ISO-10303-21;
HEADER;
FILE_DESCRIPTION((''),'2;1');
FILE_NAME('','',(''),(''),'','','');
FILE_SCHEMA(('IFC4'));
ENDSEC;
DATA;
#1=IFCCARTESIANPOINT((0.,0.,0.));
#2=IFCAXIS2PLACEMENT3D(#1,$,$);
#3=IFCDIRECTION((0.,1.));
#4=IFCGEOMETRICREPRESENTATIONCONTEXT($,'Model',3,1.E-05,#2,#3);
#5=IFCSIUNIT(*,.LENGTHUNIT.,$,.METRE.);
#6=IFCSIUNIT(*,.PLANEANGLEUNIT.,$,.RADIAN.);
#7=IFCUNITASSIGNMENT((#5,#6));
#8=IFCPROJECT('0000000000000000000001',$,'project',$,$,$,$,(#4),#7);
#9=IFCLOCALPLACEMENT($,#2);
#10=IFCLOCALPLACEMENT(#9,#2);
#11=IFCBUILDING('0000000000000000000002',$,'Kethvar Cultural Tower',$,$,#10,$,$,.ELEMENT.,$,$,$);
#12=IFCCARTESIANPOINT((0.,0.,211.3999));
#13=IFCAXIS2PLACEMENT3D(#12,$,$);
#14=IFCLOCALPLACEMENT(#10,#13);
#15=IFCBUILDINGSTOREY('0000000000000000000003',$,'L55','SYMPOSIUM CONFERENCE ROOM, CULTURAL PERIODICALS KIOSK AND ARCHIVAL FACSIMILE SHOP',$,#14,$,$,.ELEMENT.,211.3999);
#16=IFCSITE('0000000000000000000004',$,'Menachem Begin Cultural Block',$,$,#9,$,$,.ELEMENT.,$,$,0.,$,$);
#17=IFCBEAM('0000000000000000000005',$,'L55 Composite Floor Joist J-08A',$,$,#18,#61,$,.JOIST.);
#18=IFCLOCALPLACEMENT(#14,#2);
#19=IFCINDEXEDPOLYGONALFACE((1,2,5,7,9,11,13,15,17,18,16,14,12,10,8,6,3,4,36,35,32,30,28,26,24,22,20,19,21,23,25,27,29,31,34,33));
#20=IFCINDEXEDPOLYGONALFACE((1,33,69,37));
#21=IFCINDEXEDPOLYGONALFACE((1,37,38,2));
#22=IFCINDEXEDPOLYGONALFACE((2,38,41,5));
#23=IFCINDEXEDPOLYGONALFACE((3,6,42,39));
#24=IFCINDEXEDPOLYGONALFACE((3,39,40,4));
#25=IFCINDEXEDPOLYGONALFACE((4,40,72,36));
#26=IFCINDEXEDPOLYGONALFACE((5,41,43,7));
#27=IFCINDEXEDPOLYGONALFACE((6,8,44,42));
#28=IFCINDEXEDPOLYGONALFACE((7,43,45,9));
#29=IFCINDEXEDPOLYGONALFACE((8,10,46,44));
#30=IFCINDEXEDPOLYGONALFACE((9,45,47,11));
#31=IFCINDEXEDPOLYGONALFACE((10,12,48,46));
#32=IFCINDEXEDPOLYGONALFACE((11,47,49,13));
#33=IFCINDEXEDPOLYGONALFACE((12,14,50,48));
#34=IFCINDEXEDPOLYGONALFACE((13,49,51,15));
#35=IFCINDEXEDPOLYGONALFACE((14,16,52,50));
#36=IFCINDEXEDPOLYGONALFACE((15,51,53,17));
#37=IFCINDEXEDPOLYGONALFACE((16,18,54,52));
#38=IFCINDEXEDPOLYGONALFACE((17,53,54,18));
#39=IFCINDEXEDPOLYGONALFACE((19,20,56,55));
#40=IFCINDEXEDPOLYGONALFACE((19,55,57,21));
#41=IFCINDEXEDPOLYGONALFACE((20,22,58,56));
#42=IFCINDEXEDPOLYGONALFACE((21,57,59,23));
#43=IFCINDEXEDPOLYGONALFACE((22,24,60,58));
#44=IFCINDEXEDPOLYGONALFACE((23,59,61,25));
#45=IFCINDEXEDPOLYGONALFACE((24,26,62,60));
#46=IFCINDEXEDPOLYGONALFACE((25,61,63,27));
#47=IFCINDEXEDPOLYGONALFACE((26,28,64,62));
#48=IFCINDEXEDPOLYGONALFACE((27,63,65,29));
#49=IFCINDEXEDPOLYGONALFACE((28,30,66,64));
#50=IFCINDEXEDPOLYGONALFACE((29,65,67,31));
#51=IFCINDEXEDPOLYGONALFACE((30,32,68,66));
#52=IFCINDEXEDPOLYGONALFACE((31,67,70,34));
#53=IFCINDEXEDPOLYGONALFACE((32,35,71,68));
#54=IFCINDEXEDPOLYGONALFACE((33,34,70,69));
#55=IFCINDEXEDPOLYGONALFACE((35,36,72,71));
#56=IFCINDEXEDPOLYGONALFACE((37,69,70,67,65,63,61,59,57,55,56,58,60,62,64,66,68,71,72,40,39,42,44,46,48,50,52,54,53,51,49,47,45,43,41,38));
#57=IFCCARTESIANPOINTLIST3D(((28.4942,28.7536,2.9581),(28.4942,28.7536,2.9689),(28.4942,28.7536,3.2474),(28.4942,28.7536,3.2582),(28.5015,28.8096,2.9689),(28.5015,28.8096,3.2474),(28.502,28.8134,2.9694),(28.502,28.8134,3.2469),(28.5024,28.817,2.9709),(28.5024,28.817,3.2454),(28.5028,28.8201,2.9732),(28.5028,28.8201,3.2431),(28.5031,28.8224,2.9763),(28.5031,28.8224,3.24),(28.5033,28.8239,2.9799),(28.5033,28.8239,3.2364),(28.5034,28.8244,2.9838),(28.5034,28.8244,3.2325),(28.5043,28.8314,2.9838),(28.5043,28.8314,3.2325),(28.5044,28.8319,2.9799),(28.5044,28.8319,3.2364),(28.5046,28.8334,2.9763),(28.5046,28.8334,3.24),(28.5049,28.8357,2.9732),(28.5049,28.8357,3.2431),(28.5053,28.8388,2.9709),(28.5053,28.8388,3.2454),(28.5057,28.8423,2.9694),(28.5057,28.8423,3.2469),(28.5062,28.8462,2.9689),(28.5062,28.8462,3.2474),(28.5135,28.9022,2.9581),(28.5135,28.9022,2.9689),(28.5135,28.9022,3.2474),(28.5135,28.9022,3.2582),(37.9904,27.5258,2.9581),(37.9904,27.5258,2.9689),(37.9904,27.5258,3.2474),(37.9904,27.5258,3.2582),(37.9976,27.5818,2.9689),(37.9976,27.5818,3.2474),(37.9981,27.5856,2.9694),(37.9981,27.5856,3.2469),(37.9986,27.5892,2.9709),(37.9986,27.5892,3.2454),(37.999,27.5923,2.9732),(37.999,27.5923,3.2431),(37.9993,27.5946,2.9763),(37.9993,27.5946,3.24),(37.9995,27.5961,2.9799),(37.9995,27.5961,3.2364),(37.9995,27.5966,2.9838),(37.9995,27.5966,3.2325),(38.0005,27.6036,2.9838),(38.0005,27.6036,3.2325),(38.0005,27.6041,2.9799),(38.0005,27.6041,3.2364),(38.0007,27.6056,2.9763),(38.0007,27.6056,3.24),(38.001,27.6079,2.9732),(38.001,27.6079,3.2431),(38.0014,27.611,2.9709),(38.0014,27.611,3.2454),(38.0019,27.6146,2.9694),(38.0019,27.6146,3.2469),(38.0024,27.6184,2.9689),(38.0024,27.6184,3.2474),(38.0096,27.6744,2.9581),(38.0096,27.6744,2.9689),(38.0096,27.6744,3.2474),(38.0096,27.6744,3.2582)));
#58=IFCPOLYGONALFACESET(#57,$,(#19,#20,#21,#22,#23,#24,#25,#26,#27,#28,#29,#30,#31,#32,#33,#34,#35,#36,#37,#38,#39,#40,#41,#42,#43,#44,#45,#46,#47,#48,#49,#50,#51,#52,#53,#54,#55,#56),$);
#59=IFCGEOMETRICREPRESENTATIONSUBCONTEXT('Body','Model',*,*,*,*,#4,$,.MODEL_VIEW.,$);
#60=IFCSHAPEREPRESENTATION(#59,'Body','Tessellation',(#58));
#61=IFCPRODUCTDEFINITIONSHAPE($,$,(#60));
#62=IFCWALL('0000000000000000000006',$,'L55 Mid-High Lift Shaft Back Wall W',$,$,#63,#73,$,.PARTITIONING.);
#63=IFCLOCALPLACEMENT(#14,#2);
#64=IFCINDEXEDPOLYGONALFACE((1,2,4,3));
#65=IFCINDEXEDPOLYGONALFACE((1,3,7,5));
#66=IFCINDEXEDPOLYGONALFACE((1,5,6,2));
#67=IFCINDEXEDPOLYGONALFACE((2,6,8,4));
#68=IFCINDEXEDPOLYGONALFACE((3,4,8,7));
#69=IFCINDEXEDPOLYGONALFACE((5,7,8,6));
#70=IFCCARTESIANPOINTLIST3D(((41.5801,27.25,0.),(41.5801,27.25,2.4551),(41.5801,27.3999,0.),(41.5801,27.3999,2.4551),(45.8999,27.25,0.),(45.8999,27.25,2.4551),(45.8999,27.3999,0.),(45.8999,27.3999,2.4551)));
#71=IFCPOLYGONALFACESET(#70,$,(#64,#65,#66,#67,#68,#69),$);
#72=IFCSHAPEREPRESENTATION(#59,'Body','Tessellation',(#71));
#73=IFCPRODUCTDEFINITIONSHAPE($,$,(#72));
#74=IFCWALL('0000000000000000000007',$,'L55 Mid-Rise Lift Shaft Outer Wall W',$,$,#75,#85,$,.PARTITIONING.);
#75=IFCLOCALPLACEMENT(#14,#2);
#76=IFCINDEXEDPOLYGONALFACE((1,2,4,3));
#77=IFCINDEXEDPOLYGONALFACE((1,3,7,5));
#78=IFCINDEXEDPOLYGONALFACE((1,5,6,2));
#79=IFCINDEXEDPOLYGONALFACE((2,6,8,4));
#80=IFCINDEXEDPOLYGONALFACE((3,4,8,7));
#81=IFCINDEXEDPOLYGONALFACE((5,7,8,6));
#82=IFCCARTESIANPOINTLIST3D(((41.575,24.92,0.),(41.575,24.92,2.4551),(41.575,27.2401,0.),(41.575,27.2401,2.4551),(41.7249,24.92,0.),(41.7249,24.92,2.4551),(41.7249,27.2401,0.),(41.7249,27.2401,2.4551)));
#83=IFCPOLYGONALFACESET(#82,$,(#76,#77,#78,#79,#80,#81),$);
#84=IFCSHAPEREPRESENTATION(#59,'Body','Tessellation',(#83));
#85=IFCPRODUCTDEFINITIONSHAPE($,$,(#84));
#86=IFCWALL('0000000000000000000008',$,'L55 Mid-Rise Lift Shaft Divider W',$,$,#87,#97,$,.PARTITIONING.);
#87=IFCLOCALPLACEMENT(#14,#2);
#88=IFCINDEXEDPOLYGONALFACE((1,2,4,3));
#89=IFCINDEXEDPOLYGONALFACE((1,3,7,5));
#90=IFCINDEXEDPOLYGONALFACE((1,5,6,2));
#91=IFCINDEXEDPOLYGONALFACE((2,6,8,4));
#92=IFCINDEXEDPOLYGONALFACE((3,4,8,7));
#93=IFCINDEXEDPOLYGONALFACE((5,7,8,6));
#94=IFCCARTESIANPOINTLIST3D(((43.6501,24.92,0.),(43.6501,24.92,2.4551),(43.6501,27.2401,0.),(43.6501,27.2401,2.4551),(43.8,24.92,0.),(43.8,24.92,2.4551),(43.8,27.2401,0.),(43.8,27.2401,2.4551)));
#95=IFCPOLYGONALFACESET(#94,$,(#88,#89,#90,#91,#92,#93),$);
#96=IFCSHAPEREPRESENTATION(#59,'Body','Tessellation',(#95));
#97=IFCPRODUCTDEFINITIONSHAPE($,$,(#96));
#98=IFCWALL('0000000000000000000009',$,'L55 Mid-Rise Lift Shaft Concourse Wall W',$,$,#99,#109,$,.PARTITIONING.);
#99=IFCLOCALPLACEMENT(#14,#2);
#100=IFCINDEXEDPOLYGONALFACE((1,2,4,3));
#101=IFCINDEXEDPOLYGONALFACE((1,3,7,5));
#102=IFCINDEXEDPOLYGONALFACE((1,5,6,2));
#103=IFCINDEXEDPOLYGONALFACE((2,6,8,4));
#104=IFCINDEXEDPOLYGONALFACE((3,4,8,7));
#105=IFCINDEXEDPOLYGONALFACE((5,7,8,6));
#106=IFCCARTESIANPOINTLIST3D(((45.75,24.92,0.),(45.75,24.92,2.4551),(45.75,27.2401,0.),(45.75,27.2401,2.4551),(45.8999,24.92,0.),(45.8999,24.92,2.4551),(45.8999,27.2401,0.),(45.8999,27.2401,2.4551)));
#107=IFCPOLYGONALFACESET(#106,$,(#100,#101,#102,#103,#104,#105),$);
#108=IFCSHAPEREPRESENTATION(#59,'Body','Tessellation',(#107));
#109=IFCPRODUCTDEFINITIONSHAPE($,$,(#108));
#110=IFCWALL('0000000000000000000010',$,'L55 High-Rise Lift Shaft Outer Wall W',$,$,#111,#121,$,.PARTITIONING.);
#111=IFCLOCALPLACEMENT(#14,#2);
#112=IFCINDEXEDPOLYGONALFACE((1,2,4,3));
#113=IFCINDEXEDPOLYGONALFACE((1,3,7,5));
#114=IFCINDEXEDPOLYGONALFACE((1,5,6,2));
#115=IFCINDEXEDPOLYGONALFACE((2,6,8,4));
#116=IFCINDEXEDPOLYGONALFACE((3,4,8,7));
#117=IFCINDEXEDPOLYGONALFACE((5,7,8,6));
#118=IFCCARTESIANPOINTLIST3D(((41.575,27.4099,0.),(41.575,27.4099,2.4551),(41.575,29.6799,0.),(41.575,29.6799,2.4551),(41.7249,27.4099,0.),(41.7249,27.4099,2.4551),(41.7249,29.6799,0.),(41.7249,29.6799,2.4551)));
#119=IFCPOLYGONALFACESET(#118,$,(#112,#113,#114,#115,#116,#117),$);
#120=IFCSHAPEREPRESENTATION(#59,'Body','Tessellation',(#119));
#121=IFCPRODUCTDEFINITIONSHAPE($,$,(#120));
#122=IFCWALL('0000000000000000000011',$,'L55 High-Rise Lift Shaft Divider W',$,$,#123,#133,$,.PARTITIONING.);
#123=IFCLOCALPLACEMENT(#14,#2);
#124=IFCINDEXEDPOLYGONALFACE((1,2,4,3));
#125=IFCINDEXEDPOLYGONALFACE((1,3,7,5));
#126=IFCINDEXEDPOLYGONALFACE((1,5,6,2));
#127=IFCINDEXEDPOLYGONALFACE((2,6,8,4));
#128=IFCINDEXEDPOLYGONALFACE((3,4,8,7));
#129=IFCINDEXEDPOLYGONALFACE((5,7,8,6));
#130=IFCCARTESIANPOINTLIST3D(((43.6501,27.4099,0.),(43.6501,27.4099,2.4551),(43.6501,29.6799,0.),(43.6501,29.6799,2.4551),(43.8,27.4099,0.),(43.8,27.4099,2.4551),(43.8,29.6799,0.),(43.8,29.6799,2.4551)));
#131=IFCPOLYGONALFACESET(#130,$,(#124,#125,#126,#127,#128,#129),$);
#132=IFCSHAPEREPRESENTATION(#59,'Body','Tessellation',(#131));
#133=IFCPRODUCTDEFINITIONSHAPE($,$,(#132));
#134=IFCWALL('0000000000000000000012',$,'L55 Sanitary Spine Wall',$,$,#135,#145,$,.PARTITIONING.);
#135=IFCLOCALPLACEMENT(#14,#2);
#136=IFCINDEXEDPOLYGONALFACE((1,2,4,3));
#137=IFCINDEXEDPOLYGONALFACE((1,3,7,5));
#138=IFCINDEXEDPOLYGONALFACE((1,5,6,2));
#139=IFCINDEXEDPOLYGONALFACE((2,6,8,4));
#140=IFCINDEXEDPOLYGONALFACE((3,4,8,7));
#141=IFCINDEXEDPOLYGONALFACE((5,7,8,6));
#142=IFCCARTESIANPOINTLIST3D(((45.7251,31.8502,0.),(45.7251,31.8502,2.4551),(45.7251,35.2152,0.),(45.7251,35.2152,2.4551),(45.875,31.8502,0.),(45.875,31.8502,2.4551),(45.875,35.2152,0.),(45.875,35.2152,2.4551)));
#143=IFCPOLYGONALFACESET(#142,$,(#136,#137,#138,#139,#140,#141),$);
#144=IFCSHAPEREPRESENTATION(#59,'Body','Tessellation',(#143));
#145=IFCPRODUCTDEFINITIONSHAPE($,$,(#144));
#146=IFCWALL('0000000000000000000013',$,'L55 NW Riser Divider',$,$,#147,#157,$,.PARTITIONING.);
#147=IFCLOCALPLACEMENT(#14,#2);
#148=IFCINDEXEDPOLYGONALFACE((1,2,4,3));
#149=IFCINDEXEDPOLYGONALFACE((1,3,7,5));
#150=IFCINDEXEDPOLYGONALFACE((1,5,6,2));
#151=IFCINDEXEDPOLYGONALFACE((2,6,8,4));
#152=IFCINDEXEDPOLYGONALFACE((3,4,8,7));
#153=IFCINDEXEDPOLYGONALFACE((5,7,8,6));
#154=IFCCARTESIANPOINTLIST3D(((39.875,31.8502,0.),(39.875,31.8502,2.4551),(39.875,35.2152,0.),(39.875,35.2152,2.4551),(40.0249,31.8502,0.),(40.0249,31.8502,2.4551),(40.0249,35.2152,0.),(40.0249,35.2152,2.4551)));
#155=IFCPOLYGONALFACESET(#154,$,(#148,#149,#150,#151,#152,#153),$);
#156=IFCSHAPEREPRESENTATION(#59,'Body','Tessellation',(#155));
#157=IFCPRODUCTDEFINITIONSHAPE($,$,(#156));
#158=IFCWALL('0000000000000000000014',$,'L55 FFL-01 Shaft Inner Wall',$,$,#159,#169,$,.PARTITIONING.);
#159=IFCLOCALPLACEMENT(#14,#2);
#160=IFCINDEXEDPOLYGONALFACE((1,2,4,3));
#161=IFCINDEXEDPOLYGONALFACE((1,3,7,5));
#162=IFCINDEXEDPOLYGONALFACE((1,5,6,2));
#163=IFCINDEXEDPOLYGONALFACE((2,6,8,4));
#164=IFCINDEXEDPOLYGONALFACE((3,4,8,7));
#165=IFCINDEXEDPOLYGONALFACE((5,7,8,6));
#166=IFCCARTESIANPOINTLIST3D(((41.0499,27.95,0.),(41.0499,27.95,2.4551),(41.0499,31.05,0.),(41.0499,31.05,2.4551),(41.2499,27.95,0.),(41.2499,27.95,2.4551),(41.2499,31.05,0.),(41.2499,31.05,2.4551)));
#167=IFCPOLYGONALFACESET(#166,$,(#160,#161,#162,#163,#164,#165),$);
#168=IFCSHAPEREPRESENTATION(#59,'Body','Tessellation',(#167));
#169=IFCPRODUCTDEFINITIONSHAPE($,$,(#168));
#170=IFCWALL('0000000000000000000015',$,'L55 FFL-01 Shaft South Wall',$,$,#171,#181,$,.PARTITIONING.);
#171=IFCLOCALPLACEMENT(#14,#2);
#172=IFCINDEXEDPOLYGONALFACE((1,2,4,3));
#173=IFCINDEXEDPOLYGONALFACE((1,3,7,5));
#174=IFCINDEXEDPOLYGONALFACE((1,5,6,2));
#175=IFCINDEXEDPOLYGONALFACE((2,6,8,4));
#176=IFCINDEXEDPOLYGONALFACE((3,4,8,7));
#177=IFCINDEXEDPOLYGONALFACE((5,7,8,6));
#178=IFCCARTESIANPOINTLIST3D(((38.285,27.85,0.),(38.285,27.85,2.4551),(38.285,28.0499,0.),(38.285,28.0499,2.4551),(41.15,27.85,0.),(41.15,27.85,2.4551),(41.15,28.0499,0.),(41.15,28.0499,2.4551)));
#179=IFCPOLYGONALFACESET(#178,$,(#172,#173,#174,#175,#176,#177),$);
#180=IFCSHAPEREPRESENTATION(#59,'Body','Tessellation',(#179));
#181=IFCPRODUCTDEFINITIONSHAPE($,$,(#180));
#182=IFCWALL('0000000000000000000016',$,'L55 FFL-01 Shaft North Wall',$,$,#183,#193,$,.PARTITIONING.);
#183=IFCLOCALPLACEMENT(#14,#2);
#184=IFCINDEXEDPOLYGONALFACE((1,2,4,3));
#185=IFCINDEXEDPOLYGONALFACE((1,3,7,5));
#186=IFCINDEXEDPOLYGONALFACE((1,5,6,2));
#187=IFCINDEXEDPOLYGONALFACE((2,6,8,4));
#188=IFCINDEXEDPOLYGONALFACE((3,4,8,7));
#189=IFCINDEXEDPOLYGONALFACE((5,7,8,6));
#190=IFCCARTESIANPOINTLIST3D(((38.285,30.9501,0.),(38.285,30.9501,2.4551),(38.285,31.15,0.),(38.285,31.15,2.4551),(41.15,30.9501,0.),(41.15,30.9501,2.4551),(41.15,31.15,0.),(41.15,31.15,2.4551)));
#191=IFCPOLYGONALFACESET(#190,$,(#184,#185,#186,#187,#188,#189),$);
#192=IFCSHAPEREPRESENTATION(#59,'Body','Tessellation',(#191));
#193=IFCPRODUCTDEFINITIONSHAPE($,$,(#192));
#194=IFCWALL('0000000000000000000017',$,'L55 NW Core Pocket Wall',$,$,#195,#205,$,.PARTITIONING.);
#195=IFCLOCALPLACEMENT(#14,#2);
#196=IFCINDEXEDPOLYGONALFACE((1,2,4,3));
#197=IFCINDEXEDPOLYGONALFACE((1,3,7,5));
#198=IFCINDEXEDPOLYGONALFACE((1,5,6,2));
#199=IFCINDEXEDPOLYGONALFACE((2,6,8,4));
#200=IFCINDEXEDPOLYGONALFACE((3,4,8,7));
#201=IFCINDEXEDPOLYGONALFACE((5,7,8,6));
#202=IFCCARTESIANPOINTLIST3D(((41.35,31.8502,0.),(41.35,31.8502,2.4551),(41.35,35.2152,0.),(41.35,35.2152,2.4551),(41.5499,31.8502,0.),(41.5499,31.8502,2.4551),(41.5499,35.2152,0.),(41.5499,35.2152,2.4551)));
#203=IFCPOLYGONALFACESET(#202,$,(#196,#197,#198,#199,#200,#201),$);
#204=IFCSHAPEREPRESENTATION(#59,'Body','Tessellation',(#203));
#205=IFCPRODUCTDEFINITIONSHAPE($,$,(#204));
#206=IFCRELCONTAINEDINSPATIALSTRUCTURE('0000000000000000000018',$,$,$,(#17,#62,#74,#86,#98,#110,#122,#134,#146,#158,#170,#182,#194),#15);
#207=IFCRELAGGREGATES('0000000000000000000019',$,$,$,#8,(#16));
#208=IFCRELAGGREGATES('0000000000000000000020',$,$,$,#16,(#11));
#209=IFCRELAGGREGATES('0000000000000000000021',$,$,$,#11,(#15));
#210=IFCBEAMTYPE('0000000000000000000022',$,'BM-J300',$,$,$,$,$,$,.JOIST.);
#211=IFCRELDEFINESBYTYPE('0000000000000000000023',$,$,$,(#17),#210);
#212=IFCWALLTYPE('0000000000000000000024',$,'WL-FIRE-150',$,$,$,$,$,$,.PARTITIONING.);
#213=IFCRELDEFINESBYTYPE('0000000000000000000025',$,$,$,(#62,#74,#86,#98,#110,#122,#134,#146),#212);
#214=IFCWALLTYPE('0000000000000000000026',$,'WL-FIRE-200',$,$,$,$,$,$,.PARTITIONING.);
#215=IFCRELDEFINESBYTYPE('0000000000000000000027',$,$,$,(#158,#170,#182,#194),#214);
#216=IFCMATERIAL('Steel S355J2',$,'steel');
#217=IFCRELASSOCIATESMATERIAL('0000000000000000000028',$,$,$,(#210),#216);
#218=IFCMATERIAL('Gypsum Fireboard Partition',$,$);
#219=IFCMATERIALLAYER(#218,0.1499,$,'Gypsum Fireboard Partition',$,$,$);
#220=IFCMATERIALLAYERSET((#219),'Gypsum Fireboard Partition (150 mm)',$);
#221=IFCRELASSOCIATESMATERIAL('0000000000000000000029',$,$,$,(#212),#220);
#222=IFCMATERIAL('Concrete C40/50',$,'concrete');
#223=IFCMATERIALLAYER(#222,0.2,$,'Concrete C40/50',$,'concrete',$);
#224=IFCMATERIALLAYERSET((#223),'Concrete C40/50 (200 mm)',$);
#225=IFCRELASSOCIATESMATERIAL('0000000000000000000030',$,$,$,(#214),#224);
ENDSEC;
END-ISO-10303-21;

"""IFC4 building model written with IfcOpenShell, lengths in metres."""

from ifc_helpers import new_model, si_unit, direction, frame, frame_2d, origin, origin_2d, place, context, subcontext, project, spatial, rectangle, i_section, extrude, source, transform, mapped, material, layer, layer_set, material_profile, profile_set, type_object, element, save


model = new_model("IFC4")

# Units and contexts
model_context = context("Model", 3, precision=1e-05, world=origin(), true_north=direction((0.0, 1.0)))
body_context = subcontext(model_context, "Body", "Model", "MODEL_VIEW")
ifc_project = project(units=[si_unit("LENGTHUNIT", "METRE"), si_unit("PLANEANGLEUNIT", "RADIAN")], contexts=[model_context])

# Site, building, storey
site_placement = place(None, origin())
site = spatial("IfcSite", under=ifc_project, at=site_placement, Name="Menachem Begin Cultural Block", CompositionType="ELEMENT", RefElevation=0.0)
building_placement = place(site_placement, origin())
building = spatial("IfcBuilding", under=site, at=building_placement, Name="Kethvar Cultural Tower", CompositionType="ELEMENT")
storey_placement = place(building_placement, frame((0.0, 0.0, 211.3999)))
storey = spatial("IfcBuildingStorey", under=building, at=storey_placement, Name="L55", Description="SYMPOSIUM CONFERENCE ROOM, CULTURAL PERIODICALS KIOSK AND ARCHIVAL FACSIMILE SHOP", CompositionType="ELEMENT", Elevation=211.3999)

# Beam
ifc_material_1 = material(Name="Steel S355J2", Category="steel")
ifc_material_profile_1 = material_profile(ifc_material_1, i_section(OverallWidth=0.1499, OverallDepth=0.3, WebThickness=0.0071, FlangeThickness=0.0107, FilletRadius=0.0149, at=origin_2d()), Name="Steel S355J2 — IPE300")
ifc_profile_set_1 = profile_set([ifc_material_profile_1], Name="Steel S355J2 — IPE300")
beam_type_1 = type_object("IfcBeamType", Name="BM-J300", PredefinedType="JOIST", material=ifc_profile_set_1)
shared_shape_1 = source(origin(), body_context, "Body", "SweptSolid", [
    extrude(i_section(OverallWidth=0.1499, OverallDepth=0.3, WebThickness=0.0071, FlangeThickness=0.0107, FilletRadius=0.0149, at=origin_2d()), origin(), (0.0, 0.0, 1.0), 9.5752),
])
beam_1_placement = place(storey_placement, frame((38.0, 27.6001, 3.1082), z_axis=(-0.991745, 0.128226, 0.0), x_axis=(-0.128226, -0.991745, 0.0)))
element("IfcBeam", 1, at=beam_1_placement, inside=storey, type_object=beam_type_1, Name="L55 Composite Floor Joist J-08A", PredefinedType="JOIST", context=body_context, shape_type="MappedRepresentation", body=[
    mapped(shared_shape_1, transform((0.0, 0.0, 0.0), scale=1.0)),
])

# Walls
ifc_material_2 = material(Name="Gypsum Fireboard Partition")
ifc_layer_1 = layer(ifc_material_2, 0.1499, Name="Gypsum Fireboard Partition")
ifc_layer_set_1 = layer_set([ifc_layer_1], Name="Gypsum Fireboard Partition (150 mm)")
wall_type_1 = type_object("IfcWallType", Name="WL-FIRE-150", PredefinedType="PARTITIONING", material=ifc_layer_set_1)
wall_1_placement = place(storey_placement, frame((41.5801, 27.325, 0.0), z_axis=(0.0, 0.0, 1.0), x_axis=(1.0, 0.0, 0.0)))
element("IfcWall", 2, at=wall_1_placement, inside=storey, type_object=wall_type_1, Name="L55 Mid-High Lift Shaft Back Wall W", PredefinedType="PARTITIONING", context=body_context, shape_type="SweptSolid", body=[
    extrude(rectangle(XDim=4.3198, YDim=0.1499, at=frame_2d((2.1599, 0.0))), origin(), (0.0, 0.0, 1.0), 2.4551),
])
for number, where, z_axis, x_axis, name in (
    (3, (41.6499, 24.9199, 0.0), (0.0, 0.0, 1.0), (0.0, 1.0, 0.0), "L55 Mid-Rise Lift Shaft Outer Wall W"),
    (4, (43.7251, 24.9199, 0.0), (0.0, 0.0, 1.0), (0.0, 1.0, 0.0), "L55 Mid-Rise Lift Shaft Divider W"),
    (5, (45.825, 24.9199, 0.0), (0.0, 0.0, 1.0), (0.0, 1.0, 0.0), "L55 Mid-Rise Lift Shaft Concourse Wall W"),
):
    element("IfcWall", number, at=place(storey_placement, frame(where, z_axis=z_axis, x_axis=x_axis)), inside=storey, type_object=wall_type_1, Name=name, PredefinedType="PARTITIONING", context=body_context, shape_type="SweptSolid", body=[
        extrude(rectangle(XDim=2.3201, YDim=0.1499, at=frame_2d((1.1602, 0.0))), origin(), (0.0, 0.0, 1.0), 2.4551),
    ])
for number, where, z_axis, x_axis, name in (
    (6, (41.6499, 27.4099, 0.0), (0.0, 0.0, 1.0), (0.0, 1.0, 0.0), "L55 High-Rise Lift Shaft Outer Wall W"),
    (7, (43.7251, 27.4099, 0.0), (0.0, 0.0, 1.0), (0.0, 1.0, 0.0), "L55 High-Rise Lift Shaft Divider W"),
):
    element("IfcWall", number, at=place(storey_placement, frame(where, z_axis=z_axis, x_axis=x_axis)), inside=storey, type_object=wall_type_1, Name=name, PredefinedType="PARTITIONING", context=body_context, shape_type="SweptSolid", body=[
        extrude(rectangle(XDim=2.27, YDim=0.1499, at=frame_2d((1.135, 0.0))), origin(), (0.0, 0.0, 1.0), 2.4551),
    ])
for number, where, z_axis, x_axis, name in (
    (8, (45.8, 31.8501, 0.0), (0.0, 0.0, 1.0), (0.0, 1.0, 0.0), "L55 Sanitary Spine Wall"),
    (9, (39.95, 31.8501, 0.0), (0.0, 0.0, 1.0), (0.0, 1.0, 0.0), "L55 NW Riser Divider"),
):
    element("IfcWall", number, at=place(storey_placement, frame(where, z_axis=z_axis, x_axis=x_axis)), inside=storey, type_object=wall_type_1, Name=name, PredefinedType="PARTITIONING", context=body_context, shape_type="SweptSolid", body=[
        extrude(rectangle(XDim=3.365, YDim=0.1499, at=frame_2d((1.6826, 0.0))), origin(), (0.0, 0.0, 1.0), 2.4551),
    ])
ifc_material_3 = material(Name="Concrete C40/50", Category="concrete")
ifc_layer_2 = layer(ifc_material_3, 0.2, Name="Concrete C40/50", Category="concrete")
ifc_layer_set_2 = layer_set([ifc_layer_2], Name="Concrete C40/50 (200 mm)")
wall_type_2 = type_object("IfcWallType", Name="WL-FIRE-200", PredefinedType="PARTITIONING", material=ifc_layer_set_2)
wall_2_placement = place(storey_placement, frame((41.1499, 27.95, 0.0), z_axis=(0.0, 0.0, 1.0), x_axis=(0.0, 1.0, 0.0)))
element("IfcWall", 10, at=wall_2_placement, inside=storey, type_object=wall_type_2, Name="L55 FFL-01 Shaft Inner Wall", PredefinedType="PARTITIONING", context=body_context, shape_type="SweptSolid", body=[
    extrude(rectangle(XDim=3.1001, YDim=0.2, at=frame_2d((1.55, 0.0))), origin(), (0.0, 0.0, 1.0), 2.4551),
])
for number, where, z_axis, x_axis, name in (
    (11, (38.2849, 27.95, 0.0), (0.0, 0.0, 1.0), (1.0, 0.0, 0.0), "L55 FFL-01 Shaft South Wall"),
    (12, (38.2849, 31.05, 0.0), (0.0, 0.0, 1.0), (1.0, 0.0, 0.0), "L55 FFL-01 Shaft North Wall"),
):
    element("IfcWall", number, at=place(storey_placement, frame(where, z_axis=z_axis, x_axis=x_axis)), inside=storey, type_object=wall_type_2, Name=name, PredefinedType="PARTITIONING", context=body_context, shape_type="SweptSolid", body=[
        extrude(rectangle(XDim=2.865, YDim=0.2, at=frame_2d((1.4326, 0.0))), origin(), (0.0, 0.0, 1.0), 2.4551),
    ])
wall_3_placement = place(storey_placement, frame((41.45, 31.8501, 0.0), z_axis=(0.0, 0.0, 1.0), x_axis=(0.0, 1.0, 0.0)))
element("IfcWall", 13, at=wall_3_placement, inside=storey, type_object=wall_type_2, Name="L55 NW Core Pocket Wall", PredefinedType="PARTITIONING", context=body_context, shape_type="SweptSolid", body=[
    extrude(rectangle(XDim=3.365, YDim=0.2, at=frame_2d((1.6826, 0.0))), origin(), (0.0, 0.0, 1.0), 2.4551),
])

save(model, "model.ifc")
